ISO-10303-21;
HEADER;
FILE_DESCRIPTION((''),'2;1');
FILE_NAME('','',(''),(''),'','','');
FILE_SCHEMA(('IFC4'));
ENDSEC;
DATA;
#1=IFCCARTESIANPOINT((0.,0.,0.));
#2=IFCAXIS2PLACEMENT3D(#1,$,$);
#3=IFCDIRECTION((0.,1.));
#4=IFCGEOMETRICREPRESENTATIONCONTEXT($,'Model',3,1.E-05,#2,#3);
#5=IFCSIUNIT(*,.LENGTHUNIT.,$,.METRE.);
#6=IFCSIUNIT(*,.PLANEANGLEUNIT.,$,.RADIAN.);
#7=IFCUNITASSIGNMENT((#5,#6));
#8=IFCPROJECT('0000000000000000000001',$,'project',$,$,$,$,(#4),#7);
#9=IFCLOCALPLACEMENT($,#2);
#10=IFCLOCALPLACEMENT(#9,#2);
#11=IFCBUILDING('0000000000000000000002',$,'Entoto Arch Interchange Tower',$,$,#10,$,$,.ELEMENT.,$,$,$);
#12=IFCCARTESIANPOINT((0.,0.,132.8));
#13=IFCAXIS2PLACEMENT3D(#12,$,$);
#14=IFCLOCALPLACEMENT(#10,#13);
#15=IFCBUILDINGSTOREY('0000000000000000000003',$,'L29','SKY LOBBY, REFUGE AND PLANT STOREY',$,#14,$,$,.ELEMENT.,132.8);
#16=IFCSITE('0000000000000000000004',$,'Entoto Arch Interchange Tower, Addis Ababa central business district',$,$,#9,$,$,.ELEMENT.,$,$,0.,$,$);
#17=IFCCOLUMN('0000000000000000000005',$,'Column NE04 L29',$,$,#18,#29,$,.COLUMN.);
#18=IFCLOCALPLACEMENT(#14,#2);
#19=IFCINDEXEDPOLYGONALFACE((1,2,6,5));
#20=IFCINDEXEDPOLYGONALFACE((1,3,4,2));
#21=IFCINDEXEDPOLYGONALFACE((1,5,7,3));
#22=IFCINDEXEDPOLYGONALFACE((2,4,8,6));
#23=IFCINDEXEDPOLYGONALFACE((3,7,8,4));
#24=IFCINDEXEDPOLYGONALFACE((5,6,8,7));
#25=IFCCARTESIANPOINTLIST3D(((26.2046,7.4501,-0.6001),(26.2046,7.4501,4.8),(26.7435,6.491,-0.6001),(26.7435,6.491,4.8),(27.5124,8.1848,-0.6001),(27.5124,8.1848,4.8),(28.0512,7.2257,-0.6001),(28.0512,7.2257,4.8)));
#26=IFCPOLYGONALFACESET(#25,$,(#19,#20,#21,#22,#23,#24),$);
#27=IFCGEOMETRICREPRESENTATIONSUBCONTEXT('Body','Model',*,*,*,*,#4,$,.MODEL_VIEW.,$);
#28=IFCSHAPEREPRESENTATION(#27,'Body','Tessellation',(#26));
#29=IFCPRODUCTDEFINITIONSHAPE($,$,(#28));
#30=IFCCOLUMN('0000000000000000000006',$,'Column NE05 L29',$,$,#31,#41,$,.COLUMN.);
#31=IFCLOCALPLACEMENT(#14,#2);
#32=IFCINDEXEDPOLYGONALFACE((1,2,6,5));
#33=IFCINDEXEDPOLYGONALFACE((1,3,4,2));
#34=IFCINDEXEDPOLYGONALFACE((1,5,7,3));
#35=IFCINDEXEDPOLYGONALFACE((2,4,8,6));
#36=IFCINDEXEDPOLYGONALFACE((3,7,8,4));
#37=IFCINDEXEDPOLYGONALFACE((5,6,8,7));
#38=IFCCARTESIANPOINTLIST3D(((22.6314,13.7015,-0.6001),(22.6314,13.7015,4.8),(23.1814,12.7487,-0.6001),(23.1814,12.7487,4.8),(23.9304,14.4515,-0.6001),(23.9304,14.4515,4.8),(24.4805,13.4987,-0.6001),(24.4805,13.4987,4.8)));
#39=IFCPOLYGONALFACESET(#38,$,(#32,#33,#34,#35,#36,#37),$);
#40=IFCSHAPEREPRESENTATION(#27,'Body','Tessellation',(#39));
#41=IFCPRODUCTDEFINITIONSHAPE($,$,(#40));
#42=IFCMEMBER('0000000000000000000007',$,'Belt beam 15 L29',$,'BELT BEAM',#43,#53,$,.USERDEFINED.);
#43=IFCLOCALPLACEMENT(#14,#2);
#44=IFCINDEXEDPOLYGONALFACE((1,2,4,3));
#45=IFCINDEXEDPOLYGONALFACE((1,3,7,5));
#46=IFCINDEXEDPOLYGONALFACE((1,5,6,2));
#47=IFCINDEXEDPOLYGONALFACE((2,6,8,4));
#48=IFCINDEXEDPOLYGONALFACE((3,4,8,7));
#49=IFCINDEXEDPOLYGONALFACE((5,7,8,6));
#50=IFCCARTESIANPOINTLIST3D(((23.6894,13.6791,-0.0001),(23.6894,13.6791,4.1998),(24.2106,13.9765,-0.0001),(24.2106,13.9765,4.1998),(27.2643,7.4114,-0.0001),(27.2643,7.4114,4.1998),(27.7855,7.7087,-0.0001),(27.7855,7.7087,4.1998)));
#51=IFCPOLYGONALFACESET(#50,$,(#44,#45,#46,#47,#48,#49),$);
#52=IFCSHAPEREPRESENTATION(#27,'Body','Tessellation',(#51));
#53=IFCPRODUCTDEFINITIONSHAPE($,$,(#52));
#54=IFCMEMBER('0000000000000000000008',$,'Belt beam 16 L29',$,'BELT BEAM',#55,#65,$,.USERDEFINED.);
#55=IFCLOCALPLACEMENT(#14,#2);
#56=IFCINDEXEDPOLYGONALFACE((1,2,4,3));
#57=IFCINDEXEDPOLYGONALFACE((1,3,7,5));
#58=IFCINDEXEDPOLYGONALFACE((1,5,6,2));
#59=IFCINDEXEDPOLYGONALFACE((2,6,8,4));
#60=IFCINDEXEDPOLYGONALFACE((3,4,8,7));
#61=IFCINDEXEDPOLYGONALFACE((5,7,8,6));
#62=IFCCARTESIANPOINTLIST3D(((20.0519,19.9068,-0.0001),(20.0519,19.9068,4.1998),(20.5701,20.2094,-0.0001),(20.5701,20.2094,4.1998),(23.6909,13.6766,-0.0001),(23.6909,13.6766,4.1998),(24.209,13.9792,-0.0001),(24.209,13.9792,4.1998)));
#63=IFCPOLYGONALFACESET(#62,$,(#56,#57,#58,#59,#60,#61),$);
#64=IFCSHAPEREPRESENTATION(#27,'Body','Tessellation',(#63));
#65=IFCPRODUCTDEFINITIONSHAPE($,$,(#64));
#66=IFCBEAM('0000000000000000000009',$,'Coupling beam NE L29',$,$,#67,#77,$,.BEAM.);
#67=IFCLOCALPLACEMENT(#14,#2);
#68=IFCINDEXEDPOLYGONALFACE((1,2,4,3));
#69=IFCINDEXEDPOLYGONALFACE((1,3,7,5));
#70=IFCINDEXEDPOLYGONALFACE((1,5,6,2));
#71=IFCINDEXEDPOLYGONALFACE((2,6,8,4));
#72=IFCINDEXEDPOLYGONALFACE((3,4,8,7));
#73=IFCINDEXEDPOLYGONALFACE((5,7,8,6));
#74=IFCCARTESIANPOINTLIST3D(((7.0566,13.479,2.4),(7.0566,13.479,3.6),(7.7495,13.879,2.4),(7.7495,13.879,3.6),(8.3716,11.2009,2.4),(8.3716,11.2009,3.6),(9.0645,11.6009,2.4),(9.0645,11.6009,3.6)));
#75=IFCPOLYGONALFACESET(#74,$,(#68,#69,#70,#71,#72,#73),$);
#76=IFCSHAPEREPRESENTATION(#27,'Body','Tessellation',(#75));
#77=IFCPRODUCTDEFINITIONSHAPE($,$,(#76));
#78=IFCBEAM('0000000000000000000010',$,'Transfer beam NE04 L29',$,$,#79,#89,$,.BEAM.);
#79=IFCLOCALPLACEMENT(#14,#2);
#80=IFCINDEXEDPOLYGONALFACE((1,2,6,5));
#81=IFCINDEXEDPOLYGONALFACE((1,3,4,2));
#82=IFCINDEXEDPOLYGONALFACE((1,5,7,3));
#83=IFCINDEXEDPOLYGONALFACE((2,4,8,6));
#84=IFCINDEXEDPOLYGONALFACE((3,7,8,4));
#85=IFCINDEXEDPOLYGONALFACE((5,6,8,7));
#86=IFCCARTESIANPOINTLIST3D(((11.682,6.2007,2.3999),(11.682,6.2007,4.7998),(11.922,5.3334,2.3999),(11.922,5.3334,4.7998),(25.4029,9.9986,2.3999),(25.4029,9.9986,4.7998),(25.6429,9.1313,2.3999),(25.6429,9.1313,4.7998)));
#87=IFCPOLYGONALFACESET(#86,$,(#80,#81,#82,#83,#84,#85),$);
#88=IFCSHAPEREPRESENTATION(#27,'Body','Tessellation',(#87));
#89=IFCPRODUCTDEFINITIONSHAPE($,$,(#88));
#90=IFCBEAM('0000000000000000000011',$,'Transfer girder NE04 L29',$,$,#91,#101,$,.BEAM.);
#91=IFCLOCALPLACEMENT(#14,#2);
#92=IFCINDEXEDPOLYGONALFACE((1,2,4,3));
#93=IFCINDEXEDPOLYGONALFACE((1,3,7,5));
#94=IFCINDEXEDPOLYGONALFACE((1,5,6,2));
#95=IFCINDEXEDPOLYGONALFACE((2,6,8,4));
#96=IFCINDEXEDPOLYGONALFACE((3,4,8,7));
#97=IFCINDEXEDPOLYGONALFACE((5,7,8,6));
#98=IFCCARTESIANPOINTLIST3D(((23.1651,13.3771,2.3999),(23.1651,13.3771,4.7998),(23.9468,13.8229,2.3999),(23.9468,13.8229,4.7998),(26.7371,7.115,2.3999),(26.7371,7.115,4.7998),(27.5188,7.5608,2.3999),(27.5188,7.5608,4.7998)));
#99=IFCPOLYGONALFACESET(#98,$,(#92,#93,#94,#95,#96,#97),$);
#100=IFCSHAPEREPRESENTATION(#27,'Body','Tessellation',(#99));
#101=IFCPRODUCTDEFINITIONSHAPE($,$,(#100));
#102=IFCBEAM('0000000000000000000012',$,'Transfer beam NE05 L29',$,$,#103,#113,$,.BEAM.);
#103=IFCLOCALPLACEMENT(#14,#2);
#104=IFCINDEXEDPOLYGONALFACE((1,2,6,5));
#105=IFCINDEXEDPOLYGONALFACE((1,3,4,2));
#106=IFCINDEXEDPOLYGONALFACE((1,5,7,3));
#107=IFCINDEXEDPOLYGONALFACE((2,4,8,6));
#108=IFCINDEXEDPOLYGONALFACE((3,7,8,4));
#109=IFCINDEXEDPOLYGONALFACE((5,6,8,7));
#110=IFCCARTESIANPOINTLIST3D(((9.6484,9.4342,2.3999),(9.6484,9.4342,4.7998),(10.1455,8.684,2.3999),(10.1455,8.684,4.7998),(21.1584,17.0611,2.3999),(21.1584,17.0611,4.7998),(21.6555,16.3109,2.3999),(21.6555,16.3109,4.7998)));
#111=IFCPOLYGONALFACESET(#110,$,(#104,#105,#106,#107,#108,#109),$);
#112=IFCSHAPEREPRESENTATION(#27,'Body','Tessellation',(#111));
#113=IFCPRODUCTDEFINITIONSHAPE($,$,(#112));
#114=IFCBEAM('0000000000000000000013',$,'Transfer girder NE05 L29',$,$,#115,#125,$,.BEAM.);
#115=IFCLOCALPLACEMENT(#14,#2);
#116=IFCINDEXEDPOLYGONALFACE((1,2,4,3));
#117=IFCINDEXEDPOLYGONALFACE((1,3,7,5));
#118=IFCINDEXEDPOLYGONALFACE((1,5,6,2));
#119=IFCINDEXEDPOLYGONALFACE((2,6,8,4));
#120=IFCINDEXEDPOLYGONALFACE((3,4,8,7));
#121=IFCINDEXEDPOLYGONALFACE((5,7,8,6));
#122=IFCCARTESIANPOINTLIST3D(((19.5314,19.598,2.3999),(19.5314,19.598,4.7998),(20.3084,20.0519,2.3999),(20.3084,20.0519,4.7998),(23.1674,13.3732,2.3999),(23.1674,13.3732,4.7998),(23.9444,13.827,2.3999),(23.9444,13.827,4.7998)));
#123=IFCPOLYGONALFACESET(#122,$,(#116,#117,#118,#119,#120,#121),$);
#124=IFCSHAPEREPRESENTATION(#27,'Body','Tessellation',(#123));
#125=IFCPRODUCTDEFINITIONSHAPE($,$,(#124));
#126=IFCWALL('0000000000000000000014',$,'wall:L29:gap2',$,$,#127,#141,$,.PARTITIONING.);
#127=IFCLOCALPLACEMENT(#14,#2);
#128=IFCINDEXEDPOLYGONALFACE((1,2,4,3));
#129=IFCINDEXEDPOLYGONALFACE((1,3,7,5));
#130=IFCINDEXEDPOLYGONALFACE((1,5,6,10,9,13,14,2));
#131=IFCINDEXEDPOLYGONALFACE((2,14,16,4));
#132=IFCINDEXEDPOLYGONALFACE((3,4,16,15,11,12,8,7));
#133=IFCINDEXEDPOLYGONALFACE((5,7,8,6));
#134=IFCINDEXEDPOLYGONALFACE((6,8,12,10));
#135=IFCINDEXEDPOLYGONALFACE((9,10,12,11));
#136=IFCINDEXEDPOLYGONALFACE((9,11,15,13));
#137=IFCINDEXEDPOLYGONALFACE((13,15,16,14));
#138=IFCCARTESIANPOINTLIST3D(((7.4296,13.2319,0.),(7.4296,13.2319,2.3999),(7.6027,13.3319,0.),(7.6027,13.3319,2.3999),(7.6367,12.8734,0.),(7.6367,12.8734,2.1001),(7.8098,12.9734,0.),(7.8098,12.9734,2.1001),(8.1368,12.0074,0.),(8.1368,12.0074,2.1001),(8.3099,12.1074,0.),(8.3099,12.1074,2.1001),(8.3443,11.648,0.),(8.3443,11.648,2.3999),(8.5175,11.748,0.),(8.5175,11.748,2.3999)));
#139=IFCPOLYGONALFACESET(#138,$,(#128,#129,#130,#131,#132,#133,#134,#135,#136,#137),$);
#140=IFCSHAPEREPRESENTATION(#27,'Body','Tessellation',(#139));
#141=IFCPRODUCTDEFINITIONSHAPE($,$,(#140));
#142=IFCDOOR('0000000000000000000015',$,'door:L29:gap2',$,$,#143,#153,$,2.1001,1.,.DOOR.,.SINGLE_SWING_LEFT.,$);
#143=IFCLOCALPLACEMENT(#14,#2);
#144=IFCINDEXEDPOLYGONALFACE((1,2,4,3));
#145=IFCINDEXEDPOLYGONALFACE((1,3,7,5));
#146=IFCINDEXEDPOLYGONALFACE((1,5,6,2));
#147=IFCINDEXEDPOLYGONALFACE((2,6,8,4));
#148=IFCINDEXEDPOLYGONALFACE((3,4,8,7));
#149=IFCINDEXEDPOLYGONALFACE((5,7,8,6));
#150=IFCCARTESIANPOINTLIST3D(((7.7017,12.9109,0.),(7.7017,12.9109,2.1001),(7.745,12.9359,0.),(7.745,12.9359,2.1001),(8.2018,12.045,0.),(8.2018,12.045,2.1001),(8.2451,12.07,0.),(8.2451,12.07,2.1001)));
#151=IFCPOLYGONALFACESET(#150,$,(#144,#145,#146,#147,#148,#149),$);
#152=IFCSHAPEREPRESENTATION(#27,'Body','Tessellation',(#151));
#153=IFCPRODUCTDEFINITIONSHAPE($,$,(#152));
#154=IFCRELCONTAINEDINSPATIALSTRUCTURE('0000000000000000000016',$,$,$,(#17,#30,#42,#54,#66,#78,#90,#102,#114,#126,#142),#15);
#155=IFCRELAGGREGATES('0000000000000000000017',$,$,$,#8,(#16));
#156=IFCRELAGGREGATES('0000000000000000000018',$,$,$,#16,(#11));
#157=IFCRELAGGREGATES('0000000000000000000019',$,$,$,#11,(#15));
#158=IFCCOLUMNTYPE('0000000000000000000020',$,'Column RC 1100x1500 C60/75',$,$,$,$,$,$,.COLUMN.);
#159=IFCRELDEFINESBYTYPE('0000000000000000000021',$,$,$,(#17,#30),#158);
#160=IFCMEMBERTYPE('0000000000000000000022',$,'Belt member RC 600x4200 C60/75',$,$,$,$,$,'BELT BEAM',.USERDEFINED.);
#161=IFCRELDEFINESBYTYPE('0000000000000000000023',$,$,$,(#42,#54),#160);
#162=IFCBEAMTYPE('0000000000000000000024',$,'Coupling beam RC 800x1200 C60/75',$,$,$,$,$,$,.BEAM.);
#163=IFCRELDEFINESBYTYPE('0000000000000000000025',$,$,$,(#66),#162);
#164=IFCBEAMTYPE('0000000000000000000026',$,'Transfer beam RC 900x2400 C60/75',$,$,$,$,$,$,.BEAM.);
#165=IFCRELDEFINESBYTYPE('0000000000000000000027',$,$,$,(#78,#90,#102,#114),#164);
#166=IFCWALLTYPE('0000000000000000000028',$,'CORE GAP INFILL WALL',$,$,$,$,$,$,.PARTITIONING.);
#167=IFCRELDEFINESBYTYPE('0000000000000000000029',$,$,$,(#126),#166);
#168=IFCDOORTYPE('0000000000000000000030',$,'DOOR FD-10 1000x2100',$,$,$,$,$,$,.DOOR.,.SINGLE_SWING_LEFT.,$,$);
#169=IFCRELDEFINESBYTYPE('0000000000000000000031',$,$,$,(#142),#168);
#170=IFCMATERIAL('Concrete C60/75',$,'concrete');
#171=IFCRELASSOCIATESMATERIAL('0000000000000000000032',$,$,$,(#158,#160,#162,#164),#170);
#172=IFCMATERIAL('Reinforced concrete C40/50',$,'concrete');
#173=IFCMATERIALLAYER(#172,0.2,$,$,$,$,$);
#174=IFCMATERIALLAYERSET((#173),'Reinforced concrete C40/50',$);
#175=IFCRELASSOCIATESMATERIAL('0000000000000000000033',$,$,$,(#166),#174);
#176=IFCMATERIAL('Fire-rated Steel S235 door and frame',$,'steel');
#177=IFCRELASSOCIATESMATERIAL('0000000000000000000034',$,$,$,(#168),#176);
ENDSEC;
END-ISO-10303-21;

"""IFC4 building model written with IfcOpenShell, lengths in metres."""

from ifc_helpers import new_model, si_unit, direction, frame, frame_2d, origin, origin_2d, place, context, subcontext, project, spatial, rectangle, extrude, material, layer, layer_set, material_profile, profile_set, type_object, element, fill, save


model = new_model("IFC4")

# Units and contexts
model_context = context("Model", 3, precision=1e-05, world=origin(), true_north=direction((0.0, 1.0)))
body_context = subcontext(model_context, "Body", "Model", "MODEL_VIEW")
ifc_project = project(units=[si_unit("LENGTHUNIT", "METRE"), si_unit("PLANEANGLEUNIT", "RADIAN")], contexts=[model_context])

# Site, building, storey
site_placement = place(None, origin())
site = spatial("IfcSite", under=ifc_project, at=site_placement, Name="Entoto Arch Interchange Tower, Addis Ababa central business district", CompositionType="ELEMENT", RefElevation=0.0)
building_placement = place(site_placement, origin())
building = spatial("IfcBuilding", under=site, at=building_placement, Name="Entoto Arch Interchange Tower", CompositionType="ELEMENT")
storey_placement = place(building_placement, frame((0.0, 0.0, 132.8)))
storey = spatial("IfcBuildingStorey", under=building, at=storey_placement, Name="L29", Description="SKY LOBBY, REFUGE AND PLANT STOREY", CompositionType="ELEMENT", Elevation=132.8)

# Columns
ifc_material_1 = material(Name="Concrete C60/75", Category="concrete")
ifc_material_profile_1 = material_profile(ifc_material_1, rectangle(XDim=1.1001, YDim=1.5, at=origin_2d()))
ifc_profile_set_1 = profile_set([ifc_material_profile_1], Name="Concrete C60/75")
column_type = type_object("IfcColumnType", Name="Column RC 1100x1500 C60/75", PredefinedType="COLUMN", material=ifc_profile_set_1)
for number, where, z_axis, x_axis, name in (
    (1, (27.1279, 7.3379, -0.6001), (0.0, 0.0, 1.0), (-0.489839, 0.871813, 0.0), "Column NE04 L29"),
    (2, (23.5559, 13.6001, -0.6001), (0.0, 0.0, 1.0), (-0.5, 0.866025, 0.0), "Column NE05 L29"),
):
    element("IfcColumn", number, at=place(storey_placement, frame(where, z_axis=z_axis, x_axis=x_axis)), inside=storey, type_object=column_type, Name=name, PredefinedType="COLUMN", context=body_context, shape_type="SweptSolid", body=[
        extrude(rectangle(XDim=1.1001, YDim=1.5, at=origin_2d()), origin(), (0.0, 0.0, 1.0), 5.4001),
    ])

# Members
ifc_material_profile_2 = material_profile(ifc_material_1, rectangle(XDim=0.6001, YDim=4.2, at=origin_2d()))
ifc_profile_set_2 = profile_set([ifc_material_profile_2], Name="Concrete C60/75")
member_type = type_object("IfcMemberType", Name="Belt member RC 600x4200 C60/75", ElementType="BELT BEAM", PredefinedType="USERDEFINED", material=ifc_profile_set_2)
member_1_placement = place(storey_placement, frame((27.5249, 7.5601, 2.0999), z_axis=(-0.495443, 0.868641, 0.0), x_axis=(-0.868641, -0.495443, 0.0)))
element("IfcMember", 3, at=member_1_placement, inside=storey, type_object=member_type, Name="Belt beam 15 L29", ObjectType="BELT BEAM", PredefinedType="USERDEFINED", context=body_context, shape_type="SweptSolid", body=[
    extrude(rectangle(XDim=0.6001, YDim=4.2, at=origin_2d()), origin(), (0.0, 0.0, 1.0), 7.2156),
])
member_2_placement = place(storey_placement, frame((23.95, 13.8279, 2.0999), z_axis=(-0.504349, 0.8635, 0.0), x_axis=(-0.8635, -0.504349, 0.0)))
element("IfcMember", 4, at=member_2_placement, inside=storey, type_object=member_type, Name="Belt beam 16 L29", ObjectType="BELT BEAM", PredefinedType="USERDEFINED", context=body_context, shape_type="SweptSolid", body=[
    extrude(rectangle(XDim=0.6001, YDim=4.2, at=origin_2d()), origin(), (0.0, 0.0, 1.0), 7.2151),
])

# Beams
ifc_material_profile_3 = material_profile(ifc_material_1, rectangle(XDim=0.8, YDim=1.2, at=origin_2d()))
ifc_profile_set_3 = profile_set([ifc_material_profile_3], Name="Concrete C60/75")
beam_type_1 = type_object("IfcBeamType", Name="Coupling beam RC 800x1200 C60/75", PredefinedType="BEAM", material=ifc_profile_set_3)
beam_1_placement = place(storey_placement, frame((8.718, 11.4009, 3.0), z_axis=(-0.499913, 0.866076, 0.0), x_axis=(-0.866076, -0.499913, 0.0)))
element("IfcBeam", 5, at=beam_1_placement, inside=storey, type_object=beam_type_1, Name="Coupling beam NE L29", PredefinedType="BEAM", context=body_context, shape_type="SweptSolid", body=[
    extrude(rectangle(XDim=0.8, YDim=1.2, at=origin_2d()), origin(), (0.0, 0.0, 1.0), 2.6304),
])
ifc_material_profile_4 = material_profile(ifc_material_1, rectangle(XDim=0.8999, YDim=2.3999, at=origin_2d()))
ifc_profile_set_4 = profile_set([ifc_material_profile_4], Name="Concrete C60/75")
beam_type_2 = type_object("IfcBeamType", Name="Transfer beam RC 900x2400 C60/75", PredefinedType="BEAM", material=ifc_profile_set_4)
beam_2_placement = place(storey_placement, frame((11.802, 5.7671, 3.5999), z_axis=(0.963762, 0.266762, 0.0), x_axis=(-0.266762, 0.963762, 0.0)))
element("IfcBeam", 6, at=beam_2_placement, inside=storey, type_object=beam_type_2, Name="Transfer beam NE04 L29", PredefinedType="BEAM", context=body_context, shape_type="SweptSolid", body=[
    extrude(rectangle(XDim=0.8999, YDim=2.3999, at=origin_2d()), origin(), (0.0, 0.0, 1.0), 14.2368),
])
beam_3_placement = place(storey_placement, frame((27.1279, 7.3379, 3.5999), z_axis=(-0.495471, 0.868624, 0.0), x_axis=(-0.868624, -0.495471, 0.0)))
element("IfcBeam", 7, at=beam_3_placement, inside=storey, type_object=beam_type_2, Name="Transfer girder NE04 L29", PredefinedType="BEAM", context=body_context, shape_type="SweptSolid", body=[
    extrude(rectangle(XDim=0.8999, YDim=2.3999, at=origin_2d()), origin(), (0.0, 0.0, 1.0), 7.2092),
])
beam_4_placement = place(storey_placement, frame((9.897, 9.0591, 3.5999), z_axis=(0.833598, 0.552372, 0.0), x_axis=(-0.552372, 0.833598, 0.0)))
element("IfcBeam", 8, at=beam_4_placement, inside=storey, type_object=beam_type_2, Name="Transfer beam NE05 L29", PredefinedType="BEAM", context=body_context, shape_type="SweptSolid", body=[
    extrude(rectangle(XDim=0.8999, YDim=2.3999, at=origin_2d()), origin(), (0.0, 0.0, 1.0), 13.8076),
])
beam_5_placement = place(storey_placement, frame((23.5559, 13.6001, 3.5999), z_axis=(-0.50437, 0.863488, 0.0), x_axis=(-0.863488, -0.50437, 0.0)))
element("IfcBeam", 9, at=beam_5_placement, inside=storey, type_object=beam_type_2, Name="Transfer girder NE05 L29", PredefinedType="BEAM", context=body_context, shape_type="SweptSolid", body=[
    extrude(rectangle(XDim=0.8999, YDim=2.3999, at=origin_2d()), origin(), (0.0, 0.0, 1.0), 7.209),
])

# Wall, opening, door
ifc_material_2 = material(Name="Reinforced concrete C40/50", Category="concrete")
ifc_layer_1 = layer(ifc_material_2, 0.2)
ifc_layer_set_1 = layer_set([ifc_layer_1], Name="Reinforced concrete C40/50")
wall_type_1 = type_object("IfcWallType", Name="CORE GAP INFILL WALL", PredefinedType="PARTITIONING", material=ifc_layer_set_1)
wall_1_placement = place(storey_placement, frame((8.4309, 11.698, 0.0), z_axis=(0.0, 0.0, 1.0), x_axis=(-0.500115, 0.865959, 0.0)))
wall_1 = element("IfcWall", 10, at=wall_1_placement, inside=storey, type_object=wall_type_1, Name="wall:L29:gap2", PredefinedType="PARTITIONING", context=body_context, shape_type="SweptSolid", body=[
    extrude(rectangle(XDim=1.8291, YDim=0.2, at=frame_2d((0.9146, 0.0))), origin(), (0.0, 0.0, 1.0), 2.3999),
])
opening_1_placement = place(wall_1_placement, frame((0.415, 0.0, 0.0)))
opening_1 = element("IfcOpeningElement", 11, at=opening_1_placement, cuts=wall_1, PredefinedType="OPENING", context=body_context, shape_type="SweptSolid", body=[
    extrude(rectangle(XDim=1.0, YDim=2.1001, at=frame_2d((0.5, 1.05))), frame((0.0, 0.1099, 0.0), z_axis=(0.0, -1.0, 0.0), x_axis=(1.0, 0.0, 0.0)), (0.0, 0.0, 1.0), 0.22),
])
ifc_material_3 = material(Name="Fire-rated Steel S235 door and frame", Category="steel")
door_type = type_object("IfcDoorType", Name="DOOR FD-10 1000x2100", OperationType="SINGLE_SWING_LEFT", PredefinedType="DOOR", material=ifc_material_3)
door_1_placement = place(opening_1_placement, origin())
door_1 = element("IfcDoor", 12, at=door_1_placement, inside=storey, type_object=door_type, Name="door:L29:gap2", OperationType="SINGLE_SWING_LEFT", OverallHeight=2.1001, OverallWidth=1.0, PredefinedType="DOOR", context=body_context, shape_type="SweptSolid", body=[
    extrude(rectangle(XDim=1.0, YDim=2.1001, at=frame_2d((0.5, 1.05))), frame((0.0, 0.0249, 0.0), z_axis=(0.0, -1.0, 0.0), x_axis=(1.0, 0.0, 0.0)), (0.0, 0.0, 1.0), 0.05),
])
fill(opening_1, door_1)

save(model, "model.ifc")
